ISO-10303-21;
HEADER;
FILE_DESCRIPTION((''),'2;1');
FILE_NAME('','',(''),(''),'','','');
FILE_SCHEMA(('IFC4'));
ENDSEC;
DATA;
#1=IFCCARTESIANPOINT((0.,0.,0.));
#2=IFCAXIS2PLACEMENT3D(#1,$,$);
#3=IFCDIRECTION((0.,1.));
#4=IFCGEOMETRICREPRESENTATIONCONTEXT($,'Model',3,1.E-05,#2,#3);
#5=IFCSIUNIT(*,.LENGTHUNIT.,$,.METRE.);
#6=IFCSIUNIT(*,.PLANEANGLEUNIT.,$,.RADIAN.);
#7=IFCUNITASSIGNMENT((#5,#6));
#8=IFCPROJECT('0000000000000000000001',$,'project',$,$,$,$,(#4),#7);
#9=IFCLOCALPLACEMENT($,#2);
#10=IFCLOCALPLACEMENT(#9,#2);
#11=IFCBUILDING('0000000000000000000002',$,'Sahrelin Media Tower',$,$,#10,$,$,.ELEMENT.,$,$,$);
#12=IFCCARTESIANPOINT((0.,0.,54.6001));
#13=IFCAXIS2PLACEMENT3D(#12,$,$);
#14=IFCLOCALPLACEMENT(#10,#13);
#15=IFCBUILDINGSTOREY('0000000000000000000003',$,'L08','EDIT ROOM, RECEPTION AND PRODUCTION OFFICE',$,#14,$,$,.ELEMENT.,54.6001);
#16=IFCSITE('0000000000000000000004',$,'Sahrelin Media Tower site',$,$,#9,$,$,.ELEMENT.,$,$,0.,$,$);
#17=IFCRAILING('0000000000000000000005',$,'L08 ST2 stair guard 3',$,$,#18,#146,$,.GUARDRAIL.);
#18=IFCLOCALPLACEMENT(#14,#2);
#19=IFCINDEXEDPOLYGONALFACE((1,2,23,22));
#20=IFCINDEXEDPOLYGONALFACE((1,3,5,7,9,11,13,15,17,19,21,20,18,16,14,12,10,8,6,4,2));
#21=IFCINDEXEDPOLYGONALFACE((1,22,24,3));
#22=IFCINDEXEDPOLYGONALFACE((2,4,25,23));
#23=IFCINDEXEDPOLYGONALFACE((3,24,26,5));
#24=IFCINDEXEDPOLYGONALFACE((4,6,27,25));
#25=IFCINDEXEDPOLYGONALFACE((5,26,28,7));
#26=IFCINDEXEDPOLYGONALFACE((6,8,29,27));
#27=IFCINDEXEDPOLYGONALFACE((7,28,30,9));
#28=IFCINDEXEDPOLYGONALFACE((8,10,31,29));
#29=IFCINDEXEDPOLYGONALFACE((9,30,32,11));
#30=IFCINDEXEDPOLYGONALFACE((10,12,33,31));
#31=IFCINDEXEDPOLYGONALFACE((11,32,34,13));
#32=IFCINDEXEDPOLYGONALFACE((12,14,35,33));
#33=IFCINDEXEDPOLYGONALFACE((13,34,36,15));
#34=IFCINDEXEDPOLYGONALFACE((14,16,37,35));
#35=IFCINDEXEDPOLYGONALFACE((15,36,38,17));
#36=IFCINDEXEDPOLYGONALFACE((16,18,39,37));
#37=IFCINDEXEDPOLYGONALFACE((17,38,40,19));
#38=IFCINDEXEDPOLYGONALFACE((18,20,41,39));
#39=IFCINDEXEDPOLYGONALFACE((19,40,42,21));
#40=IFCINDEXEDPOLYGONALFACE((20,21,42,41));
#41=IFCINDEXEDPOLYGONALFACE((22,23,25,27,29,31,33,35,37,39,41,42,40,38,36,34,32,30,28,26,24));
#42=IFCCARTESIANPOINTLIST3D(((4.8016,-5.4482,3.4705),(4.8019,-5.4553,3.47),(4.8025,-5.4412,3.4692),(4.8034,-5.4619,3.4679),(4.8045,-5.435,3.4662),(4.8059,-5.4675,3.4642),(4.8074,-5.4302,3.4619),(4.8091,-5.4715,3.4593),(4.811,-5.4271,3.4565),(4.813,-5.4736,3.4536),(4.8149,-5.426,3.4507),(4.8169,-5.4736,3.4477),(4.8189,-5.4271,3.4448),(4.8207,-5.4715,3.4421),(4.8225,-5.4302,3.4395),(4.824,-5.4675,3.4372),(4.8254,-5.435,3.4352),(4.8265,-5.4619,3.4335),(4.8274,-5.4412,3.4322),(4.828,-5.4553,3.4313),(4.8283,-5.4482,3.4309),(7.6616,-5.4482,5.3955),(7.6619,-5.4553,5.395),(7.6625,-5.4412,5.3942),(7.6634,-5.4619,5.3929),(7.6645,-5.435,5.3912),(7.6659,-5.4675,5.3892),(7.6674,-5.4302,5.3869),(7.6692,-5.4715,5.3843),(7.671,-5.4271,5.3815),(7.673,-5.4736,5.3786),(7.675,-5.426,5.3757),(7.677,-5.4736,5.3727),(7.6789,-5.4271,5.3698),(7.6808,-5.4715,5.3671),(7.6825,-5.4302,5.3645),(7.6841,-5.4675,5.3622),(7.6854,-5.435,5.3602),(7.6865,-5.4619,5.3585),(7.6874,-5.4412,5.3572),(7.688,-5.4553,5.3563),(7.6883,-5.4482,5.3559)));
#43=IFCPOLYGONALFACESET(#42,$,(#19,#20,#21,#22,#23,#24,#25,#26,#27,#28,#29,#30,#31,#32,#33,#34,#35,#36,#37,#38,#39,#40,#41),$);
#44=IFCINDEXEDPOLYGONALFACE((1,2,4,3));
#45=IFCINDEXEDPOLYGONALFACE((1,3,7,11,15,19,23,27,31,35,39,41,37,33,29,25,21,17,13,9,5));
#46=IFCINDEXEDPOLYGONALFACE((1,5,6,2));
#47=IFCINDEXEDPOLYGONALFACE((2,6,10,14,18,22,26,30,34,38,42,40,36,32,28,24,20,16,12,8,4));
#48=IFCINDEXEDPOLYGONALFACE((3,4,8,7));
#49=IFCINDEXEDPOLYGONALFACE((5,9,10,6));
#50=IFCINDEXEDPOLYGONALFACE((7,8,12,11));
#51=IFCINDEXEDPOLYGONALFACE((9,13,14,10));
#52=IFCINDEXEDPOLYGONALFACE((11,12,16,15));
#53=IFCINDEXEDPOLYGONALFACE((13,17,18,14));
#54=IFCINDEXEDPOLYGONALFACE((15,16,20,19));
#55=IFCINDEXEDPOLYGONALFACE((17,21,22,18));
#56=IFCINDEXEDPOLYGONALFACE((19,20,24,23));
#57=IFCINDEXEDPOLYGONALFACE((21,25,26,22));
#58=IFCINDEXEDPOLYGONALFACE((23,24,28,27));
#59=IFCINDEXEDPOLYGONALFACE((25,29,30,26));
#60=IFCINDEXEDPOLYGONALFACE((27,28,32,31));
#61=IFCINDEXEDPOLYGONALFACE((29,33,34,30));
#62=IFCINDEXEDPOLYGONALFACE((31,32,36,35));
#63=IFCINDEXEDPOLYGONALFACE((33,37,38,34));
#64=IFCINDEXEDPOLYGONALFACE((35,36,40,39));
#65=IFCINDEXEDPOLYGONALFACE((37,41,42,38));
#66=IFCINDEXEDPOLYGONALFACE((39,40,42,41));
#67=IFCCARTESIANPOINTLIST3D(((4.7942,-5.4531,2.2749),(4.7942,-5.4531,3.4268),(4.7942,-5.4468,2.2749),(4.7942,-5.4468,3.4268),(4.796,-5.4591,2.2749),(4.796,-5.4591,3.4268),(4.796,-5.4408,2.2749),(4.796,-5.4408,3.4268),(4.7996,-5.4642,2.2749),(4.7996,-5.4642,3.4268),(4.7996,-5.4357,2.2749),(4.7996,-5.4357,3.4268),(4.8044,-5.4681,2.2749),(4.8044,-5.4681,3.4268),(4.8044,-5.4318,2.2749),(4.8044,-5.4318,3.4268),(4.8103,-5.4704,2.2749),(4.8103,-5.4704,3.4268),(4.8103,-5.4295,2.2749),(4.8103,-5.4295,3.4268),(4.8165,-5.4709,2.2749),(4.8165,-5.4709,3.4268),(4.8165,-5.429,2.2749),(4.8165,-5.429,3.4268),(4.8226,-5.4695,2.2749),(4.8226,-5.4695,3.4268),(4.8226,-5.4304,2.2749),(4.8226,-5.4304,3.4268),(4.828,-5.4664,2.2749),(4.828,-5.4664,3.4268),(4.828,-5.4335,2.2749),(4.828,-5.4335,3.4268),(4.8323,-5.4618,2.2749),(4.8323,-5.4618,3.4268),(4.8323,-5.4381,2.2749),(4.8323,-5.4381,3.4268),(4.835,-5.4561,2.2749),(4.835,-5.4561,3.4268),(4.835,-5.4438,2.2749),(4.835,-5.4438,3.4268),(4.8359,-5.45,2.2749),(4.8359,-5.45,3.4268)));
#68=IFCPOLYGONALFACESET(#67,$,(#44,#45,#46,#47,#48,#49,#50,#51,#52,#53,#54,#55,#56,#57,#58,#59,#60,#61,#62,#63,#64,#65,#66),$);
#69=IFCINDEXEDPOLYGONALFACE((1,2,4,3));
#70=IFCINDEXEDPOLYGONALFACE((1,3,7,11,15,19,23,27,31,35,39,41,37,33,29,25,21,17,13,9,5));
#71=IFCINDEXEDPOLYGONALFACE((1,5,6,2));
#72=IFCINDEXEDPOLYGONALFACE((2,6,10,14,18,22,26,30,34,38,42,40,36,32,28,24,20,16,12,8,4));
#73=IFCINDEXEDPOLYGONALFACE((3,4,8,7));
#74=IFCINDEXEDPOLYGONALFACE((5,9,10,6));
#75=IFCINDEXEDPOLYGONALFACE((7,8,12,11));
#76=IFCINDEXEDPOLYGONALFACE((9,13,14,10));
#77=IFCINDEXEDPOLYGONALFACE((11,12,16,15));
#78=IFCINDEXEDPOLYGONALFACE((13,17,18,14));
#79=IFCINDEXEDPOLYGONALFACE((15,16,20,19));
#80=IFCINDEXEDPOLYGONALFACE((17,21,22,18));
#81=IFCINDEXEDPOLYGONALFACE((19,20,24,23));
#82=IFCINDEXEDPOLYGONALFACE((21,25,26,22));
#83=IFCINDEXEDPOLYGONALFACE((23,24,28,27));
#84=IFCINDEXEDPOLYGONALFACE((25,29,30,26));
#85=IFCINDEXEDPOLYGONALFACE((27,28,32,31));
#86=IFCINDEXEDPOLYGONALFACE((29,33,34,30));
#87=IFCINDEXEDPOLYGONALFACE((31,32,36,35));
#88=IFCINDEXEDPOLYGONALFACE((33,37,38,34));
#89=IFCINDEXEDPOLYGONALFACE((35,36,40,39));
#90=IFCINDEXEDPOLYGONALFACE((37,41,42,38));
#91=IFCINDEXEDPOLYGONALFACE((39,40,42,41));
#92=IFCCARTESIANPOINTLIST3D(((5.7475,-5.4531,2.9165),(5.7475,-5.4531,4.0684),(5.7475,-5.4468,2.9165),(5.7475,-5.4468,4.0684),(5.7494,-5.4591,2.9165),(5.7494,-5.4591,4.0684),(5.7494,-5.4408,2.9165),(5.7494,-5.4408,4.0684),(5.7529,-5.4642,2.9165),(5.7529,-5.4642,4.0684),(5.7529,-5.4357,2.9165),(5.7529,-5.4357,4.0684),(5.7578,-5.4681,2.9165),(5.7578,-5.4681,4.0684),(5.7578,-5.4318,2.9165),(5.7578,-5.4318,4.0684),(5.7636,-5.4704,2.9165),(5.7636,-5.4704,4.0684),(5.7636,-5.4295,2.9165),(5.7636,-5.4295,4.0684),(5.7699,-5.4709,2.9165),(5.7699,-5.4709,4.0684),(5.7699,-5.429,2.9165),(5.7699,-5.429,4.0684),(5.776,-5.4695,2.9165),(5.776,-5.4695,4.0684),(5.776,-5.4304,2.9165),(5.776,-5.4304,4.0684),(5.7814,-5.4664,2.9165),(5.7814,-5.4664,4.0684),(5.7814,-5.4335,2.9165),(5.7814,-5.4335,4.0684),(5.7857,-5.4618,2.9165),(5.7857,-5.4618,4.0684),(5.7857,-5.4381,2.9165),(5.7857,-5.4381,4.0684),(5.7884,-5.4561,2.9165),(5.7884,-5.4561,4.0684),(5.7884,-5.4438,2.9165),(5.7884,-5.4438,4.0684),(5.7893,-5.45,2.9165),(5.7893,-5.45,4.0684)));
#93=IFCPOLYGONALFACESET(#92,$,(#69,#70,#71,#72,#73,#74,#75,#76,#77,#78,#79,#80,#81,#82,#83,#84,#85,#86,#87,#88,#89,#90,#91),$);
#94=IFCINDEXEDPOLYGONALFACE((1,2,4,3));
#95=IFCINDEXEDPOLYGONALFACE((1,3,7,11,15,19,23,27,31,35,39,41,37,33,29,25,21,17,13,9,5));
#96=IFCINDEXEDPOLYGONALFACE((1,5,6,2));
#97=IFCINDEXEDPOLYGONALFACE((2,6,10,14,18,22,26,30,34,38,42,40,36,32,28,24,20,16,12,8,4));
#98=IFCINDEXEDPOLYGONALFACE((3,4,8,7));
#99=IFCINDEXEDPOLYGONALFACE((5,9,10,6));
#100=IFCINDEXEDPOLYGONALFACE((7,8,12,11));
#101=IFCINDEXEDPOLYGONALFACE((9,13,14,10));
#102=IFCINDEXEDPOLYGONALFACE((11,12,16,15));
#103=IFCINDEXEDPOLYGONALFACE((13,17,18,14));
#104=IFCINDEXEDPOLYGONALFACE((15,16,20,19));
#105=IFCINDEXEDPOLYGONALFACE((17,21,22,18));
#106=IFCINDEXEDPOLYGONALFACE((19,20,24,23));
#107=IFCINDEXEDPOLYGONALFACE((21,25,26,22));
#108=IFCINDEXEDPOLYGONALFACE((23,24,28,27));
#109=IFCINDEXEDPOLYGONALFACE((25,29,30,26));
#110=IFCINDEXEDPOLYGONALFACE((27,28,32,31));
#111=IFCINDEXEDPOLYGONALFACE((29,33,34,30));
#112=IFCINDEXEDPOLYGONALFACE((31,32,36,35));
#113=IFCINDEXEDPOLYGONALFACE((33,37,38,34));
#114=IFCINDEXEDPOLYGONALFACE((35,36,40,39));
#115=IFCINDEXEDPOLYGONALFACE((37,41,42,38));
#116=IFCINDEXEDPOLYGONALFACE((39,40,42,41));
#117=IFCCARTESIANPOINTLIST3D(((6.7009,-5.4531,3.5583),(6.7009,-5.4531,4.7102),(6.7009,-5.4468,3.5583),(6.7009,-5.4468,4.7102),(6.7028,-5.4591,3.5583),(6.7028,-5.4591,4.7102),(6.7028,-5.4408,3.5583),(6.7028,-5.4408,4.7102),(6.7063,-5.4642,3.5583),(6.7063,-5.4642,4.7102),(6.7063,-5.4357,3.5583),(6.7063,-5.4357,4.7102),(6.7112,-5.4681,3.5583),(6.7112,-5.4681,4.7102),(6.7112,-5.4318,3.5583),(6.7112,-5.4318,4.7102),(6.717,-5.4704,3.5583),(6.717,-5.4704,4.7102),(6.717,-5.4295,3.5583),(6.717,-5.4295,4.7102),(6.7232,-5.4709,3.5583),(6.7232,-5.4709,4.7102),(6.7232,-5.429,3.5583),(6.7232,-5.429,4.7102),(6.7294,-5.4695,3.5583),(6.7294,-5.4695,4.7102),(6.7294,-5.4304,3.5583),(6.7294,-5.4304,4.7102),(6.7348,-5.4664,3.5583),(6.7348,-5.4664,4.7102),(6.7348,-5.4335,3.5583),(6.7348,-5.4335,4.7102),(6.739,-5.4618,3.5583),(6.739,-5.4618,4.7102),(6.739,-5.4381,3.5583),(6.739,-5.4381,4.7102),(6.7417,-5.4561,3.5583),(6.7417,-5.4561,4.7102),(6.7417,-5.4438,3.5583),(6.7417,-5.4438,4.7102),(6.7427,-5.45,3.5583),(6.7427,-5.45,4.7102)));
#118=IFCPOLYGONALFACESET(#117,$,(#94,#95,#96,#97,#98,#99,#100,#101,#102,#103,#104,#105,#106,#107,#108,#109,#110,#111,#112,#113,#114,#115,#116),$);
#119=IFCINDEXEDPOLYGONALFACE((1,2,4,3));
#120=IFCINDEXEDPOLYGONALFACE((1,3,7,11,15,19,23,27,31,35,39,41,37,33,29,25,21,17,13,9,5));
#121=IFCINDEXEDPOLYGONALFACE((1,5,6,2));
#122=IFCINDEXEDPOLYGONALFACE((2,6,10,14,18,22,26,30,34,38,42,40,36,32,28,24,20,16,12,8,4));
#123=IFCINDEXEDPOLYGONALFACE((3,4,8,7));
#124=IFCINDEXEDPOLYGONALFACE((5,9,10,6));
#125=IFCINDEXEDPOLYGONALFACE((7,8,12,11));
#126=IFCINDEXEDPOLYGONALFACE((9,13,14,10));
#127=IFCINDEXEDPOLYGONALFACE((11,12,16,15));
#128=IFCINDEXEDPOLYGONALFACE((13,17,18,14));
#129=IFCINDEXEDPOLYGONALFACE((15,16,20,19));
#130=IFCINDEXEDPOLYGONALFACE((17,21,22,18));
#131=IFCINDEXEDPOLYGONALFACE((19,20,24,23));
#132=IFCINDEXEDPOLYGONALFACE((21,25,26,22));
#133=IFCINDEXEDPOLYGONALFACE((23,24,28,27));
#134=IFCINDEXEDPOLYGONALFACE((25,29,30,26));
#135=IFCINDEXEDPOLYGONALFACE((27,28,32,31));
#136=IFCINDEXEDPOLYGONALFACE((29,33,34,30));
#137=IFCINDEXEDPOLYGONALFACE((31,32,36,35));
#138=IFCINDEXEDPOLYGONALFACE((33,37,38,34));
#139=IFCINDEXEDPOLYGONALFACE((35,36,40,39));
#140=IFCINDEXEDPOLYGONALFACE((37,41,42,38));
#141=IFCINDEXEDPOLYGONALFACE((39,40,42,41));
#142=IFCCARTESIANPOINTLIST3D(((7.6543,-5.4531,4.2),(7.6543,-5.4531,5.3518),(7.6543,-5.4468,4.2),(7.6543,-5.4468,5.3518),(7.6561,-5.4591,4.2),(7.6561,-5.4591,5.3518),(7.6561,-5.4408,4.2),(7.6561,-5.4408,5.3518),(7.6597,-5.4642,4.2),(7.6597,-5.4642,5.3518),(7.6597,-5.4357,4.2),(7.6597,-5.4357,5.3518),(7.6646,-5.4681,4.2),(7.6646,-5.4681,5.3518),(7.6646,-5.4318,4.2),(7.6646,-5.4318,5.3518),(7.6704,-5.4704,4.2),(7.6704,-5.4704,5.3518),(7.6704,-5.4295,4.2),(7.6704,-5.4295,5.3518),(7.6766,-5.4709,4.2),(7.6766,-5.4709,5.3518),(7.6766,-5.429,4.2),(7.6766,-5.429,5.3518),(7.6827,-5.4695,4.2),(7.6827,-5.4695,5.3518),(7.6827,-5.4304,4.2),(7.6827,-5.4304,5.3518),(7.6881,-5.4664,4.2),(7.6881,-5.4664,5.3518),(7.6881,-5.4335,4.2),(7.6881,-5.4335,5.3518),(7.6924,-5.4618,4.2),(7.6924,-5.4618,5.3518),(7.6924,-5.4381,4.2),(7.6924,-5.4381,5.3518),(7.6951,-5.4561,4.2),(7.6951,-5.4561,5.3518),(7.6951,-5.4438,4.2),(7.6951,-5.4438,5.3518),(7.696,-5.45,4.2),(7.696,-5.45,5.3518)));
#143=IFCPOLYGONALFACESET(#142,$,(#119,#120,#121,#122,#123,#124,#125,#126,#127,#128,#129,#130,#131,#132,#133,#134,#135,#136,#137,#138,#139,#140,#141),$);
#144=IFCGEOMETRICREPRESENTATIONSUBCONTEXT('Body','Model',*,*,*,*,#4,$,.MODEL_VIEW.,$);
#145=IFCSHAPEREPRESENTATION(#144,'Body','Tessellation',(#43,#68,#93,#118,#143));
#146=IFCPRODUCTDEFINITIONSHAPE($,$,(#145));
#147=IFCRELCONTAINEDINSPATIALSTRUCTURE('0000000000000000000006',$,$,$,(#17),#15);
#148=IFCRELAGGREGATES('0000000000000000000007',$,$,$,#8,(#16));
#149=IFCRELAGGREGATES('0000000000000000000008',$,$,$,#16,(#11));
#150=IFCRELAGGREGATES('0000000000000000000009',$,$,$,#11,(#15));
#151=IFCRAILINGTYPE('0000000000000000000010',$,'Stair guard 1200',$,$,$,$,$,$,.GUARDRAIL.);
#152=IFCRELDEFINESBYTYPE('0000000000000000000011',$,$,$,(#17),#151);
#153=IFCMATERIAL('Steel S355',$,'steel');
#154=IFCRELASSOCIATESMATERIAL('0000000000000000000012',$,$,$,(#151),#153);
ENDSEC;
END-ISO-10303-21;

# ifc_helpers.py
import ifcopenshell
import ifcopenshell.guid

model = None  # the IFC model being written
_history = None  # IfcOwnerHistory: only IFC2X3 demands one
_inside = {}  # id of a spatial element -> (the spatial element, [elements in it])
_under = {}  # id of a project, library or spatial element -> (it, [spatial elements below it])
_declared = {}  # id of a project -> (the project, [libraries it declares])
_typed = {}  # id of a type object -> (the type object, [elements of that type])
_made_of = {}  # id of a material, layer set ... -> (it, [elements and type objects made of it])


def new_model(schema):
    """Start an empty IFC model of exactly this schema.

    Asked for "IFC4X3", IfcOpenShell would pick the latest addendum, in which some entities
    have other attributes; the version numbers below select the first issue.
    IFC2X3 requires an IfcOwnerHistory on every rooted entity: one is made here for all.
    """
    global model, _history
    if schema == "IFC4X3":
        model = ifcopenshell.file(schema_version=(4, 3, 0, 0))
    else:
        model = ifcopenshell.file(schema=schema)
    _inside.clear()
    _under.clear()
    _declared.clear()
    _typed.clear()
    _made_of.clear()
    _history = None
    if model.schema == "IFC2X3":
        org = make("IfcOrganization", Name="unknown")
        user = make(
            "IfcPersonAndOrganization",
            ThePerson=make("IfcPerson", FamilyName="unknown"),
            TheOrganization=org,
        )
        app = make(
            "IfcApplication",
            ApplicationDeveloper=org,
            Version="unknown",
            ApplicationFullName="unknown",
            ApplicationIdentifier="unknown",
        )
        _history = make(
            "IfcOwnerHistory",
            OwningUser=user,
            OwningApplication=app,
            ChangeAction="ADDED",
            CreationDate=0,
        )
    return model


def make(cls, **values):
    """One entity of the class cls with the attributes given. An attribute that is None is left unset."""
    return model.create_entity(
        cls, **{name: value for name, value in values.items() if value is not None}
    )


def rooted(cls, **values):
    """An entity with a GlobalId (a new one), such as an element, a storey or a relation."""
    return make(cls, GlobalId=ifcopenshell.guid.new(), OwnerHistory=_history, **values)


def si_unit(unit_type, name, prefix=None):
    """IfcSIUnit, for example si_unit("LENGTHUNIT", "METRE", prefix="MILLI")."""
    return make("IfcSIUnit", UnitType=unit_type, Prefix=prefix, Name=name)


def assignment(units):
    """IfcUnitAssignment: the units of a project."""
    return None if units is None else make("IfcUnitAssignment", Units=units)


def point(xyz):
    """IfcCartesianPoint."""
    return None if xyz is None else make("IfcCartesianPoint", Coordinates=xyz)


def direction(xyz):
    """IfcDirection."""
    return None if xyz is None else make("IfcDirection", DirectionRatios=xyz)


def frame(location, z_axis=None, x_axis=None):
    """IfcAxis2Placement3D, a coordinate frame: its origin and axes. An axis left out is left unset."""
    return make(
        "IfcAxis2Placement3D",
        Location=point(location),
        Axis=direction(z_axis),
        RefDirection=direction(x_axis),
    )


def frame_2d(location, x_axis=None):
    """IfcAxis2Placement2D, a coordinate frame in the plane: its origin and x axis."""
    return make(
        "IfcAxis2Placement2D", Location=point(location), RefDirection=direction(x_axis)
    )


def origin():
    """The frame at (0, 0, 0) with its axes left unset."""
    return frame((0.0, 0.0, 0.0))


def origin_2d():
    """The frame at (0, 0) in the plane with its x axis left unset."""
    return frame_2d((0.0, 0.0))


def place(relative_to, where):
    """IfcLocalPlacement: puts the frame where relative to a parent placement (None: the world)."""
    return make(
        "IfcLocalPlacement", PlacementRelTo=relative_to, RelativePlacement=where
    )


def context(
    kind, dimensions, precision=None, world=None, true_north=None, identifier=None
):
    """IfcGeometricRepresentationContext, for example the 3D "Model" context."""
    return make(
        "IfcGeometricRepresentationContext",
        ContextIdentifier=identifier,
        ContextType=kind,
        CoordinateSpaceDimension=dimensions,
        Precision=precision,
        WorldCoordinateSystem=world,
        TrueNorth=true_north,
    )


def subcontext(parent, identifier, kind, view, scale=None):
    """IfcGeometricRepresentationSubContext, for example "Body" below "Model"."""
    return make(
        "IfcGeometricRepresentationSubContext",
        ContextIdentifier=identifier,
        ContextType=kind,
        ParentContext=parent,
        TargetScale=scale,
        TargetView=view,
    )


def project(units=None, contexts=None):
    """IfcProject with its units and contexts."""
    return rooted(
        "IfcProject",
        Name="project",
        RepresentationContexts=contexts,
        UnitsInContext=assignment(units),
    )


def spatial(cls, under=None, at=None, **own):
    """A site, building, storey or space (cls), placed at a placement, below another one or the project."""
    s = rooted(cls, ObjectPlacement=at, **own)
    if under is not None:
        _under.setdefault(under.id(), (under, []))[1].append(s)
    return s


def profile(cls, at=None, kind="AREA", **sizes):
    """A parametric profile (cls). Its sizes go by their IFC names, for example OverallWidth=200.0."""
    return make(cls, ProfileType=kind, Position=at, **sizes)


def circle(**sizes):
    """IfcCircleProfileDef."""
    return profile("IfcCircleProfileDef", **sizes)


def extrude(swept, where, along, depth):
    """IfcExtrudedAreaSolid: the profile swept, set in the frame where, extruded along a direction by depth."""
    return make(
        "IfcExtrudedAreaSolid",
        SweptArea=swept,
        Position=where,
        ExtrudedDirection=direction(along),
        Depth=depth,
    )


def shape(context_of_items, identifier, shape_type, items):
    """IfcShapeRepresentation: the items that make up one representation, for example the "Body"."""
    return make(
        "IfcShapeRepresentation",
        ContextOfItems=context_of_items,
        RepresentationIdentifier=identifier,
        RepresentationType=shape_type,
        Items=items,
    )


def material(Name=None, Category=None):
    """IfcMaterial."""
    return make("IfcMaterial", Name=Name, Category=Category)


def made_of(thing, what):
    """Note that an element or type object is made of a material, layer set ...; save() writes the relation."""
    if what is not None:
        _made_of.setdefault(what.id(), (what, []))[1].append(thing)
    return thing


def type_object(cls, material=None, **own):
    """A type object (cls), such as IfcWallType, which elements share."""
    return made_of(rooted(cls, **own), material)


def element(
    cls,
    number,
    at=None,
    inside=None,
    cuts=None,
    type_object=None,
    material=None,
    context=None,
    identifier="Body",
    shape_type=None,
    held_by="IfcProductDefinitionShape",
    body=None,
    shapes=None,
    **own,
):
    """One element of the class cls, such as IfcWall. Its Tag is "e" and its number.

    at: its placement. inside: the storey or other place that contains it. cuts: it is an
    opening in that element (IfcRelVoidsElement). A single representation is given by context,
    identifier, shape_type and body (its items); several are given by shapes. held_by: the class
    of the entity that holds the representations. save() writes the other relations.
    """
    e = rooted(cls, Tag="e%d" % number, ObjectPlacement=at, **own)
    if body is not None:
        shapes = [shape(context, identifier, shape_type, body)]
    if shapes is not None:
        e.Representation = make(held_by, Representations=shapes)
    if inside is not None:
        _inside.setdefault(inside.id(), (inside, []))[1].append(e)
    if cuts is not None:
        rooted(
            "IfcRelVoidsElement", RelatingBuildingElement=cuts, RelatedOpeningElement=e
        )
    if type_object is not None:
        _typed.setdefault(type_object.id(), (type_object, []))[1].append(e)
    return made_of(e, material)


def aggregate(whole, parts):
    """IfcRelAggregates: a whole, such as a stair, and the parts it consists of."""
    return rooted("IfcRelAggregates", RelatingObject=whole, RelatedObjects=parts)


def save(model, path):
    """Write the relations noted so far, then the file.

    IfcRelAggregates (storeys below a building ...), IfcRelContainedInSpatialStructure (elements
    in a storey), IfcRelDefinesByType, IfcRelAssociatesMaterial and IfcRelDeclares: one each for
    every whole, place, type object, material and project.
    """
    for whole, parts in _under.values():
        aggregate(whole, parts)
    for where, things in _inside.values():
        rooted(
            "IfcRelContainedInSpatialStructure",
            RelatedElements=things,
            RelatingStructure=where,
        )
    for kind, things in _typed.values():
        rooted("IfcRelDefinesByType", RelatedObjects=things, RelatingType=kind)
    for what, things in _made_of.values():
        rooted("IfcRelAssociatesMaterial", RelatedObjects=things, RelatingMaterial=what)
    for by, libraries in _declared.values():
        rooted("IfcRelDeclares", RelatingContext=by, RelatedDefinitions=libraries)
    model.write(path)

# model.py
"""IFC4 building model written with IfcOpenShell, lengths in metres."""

from ifc_helpers import new_model, si_unit, direction, frame, origin, origin_2d, place, context, subcontext, project, spatial, circle, extrude, material, type_object, element, save


model = new_model("IFC4")

# Units and contexts
model_context = context("Model", 3, precision=1e-05, world=origin(), true_north=direction((0.0, 1.0)))
body_context = subcontext(model_context, "Body", "Model", "MODEL_VIEW")
ifc_project = project(units=[si_unit("LENGTHUNIT", "METRE"), si_unit("PLANEANGLEUNIT", "RADIAN")], contexts=[model_context])

# Site, building, storey
site_placement = place(None, origin())
site = spatial("IfcSite", under=ifc_project, at=site_placement, Name="Sahrelin Media Tower site", CompositionType="ELEMENT", RefElevation=0.0)
building_placement = place(site_placement, origin())
building = spatial("IfcBuilding", under=site, at=building_placement, Name="Sahrelin Media Tower", CompositionType="ELEMENT")
storey_placement = place(building_placement, frame((0.0, 0.0, 54.6001)))
storey = spatial("IfcBuildingStorey", under=building, at=storey_placement, Name="L08", Description="EDIT ROOM, RECEPTION AND PRODUCTION OFFICE", CompositionType="ELEMENT", Elevation=54.6001)

# Shared definitions
ifc_material_1 = material(Name="Steel S355", Category="steel")

# Railing
railing_type_1 = type_object("IfcRailingType", Name="Stair guard 1200", PredefinedType="GUARDRAIL", material=ifc_material_1)
railing_1_placement = place(storey_placement, frame((4.8149, -5.45, 2.2749)))
element("IfcRailing", 1, at=railing_1_placement, inside=storey, type_object=railing_type_1, Name="L08 ST2 stair guard 3", PredefinedType="GUARDRAIL", context=body_context, shape_type="SweptSolid", body=[
    extrude(circle(Radius=0.0239, at=origin_2d()), frame((0.0, 0.0, 1.1758), z_axis=(0.829591, 0.0, 0.558372), x_axis=(0.0, 1.0, 0.0)), (0.0, 0.0, 1.0), 3.4475),
    extrude(circle(Radius=0.021, at=origin_2d()), origin(), (0.0, 0.0, 1.0), 1.1519),
    extrude(circle(Radius=0.021, at=origin_2d()), frame((0.9534, 0.0, 0.6416)), (0.0, 0.0, 1.0), 1.1519),
    extrude(circle(Radius=0.021, at=origin_2d()), frame((1.9067, 0.0, 1.2834)), (0.0, 0.0, 1.0), 1.1519),
    extrude(circle(Radius=0.021, at=origin_2d()), frame((2.8601, 0.0, 1.925)), (0.0, 0.0, 1.0), 1.1519),
])

save(model, "model.ifc")
